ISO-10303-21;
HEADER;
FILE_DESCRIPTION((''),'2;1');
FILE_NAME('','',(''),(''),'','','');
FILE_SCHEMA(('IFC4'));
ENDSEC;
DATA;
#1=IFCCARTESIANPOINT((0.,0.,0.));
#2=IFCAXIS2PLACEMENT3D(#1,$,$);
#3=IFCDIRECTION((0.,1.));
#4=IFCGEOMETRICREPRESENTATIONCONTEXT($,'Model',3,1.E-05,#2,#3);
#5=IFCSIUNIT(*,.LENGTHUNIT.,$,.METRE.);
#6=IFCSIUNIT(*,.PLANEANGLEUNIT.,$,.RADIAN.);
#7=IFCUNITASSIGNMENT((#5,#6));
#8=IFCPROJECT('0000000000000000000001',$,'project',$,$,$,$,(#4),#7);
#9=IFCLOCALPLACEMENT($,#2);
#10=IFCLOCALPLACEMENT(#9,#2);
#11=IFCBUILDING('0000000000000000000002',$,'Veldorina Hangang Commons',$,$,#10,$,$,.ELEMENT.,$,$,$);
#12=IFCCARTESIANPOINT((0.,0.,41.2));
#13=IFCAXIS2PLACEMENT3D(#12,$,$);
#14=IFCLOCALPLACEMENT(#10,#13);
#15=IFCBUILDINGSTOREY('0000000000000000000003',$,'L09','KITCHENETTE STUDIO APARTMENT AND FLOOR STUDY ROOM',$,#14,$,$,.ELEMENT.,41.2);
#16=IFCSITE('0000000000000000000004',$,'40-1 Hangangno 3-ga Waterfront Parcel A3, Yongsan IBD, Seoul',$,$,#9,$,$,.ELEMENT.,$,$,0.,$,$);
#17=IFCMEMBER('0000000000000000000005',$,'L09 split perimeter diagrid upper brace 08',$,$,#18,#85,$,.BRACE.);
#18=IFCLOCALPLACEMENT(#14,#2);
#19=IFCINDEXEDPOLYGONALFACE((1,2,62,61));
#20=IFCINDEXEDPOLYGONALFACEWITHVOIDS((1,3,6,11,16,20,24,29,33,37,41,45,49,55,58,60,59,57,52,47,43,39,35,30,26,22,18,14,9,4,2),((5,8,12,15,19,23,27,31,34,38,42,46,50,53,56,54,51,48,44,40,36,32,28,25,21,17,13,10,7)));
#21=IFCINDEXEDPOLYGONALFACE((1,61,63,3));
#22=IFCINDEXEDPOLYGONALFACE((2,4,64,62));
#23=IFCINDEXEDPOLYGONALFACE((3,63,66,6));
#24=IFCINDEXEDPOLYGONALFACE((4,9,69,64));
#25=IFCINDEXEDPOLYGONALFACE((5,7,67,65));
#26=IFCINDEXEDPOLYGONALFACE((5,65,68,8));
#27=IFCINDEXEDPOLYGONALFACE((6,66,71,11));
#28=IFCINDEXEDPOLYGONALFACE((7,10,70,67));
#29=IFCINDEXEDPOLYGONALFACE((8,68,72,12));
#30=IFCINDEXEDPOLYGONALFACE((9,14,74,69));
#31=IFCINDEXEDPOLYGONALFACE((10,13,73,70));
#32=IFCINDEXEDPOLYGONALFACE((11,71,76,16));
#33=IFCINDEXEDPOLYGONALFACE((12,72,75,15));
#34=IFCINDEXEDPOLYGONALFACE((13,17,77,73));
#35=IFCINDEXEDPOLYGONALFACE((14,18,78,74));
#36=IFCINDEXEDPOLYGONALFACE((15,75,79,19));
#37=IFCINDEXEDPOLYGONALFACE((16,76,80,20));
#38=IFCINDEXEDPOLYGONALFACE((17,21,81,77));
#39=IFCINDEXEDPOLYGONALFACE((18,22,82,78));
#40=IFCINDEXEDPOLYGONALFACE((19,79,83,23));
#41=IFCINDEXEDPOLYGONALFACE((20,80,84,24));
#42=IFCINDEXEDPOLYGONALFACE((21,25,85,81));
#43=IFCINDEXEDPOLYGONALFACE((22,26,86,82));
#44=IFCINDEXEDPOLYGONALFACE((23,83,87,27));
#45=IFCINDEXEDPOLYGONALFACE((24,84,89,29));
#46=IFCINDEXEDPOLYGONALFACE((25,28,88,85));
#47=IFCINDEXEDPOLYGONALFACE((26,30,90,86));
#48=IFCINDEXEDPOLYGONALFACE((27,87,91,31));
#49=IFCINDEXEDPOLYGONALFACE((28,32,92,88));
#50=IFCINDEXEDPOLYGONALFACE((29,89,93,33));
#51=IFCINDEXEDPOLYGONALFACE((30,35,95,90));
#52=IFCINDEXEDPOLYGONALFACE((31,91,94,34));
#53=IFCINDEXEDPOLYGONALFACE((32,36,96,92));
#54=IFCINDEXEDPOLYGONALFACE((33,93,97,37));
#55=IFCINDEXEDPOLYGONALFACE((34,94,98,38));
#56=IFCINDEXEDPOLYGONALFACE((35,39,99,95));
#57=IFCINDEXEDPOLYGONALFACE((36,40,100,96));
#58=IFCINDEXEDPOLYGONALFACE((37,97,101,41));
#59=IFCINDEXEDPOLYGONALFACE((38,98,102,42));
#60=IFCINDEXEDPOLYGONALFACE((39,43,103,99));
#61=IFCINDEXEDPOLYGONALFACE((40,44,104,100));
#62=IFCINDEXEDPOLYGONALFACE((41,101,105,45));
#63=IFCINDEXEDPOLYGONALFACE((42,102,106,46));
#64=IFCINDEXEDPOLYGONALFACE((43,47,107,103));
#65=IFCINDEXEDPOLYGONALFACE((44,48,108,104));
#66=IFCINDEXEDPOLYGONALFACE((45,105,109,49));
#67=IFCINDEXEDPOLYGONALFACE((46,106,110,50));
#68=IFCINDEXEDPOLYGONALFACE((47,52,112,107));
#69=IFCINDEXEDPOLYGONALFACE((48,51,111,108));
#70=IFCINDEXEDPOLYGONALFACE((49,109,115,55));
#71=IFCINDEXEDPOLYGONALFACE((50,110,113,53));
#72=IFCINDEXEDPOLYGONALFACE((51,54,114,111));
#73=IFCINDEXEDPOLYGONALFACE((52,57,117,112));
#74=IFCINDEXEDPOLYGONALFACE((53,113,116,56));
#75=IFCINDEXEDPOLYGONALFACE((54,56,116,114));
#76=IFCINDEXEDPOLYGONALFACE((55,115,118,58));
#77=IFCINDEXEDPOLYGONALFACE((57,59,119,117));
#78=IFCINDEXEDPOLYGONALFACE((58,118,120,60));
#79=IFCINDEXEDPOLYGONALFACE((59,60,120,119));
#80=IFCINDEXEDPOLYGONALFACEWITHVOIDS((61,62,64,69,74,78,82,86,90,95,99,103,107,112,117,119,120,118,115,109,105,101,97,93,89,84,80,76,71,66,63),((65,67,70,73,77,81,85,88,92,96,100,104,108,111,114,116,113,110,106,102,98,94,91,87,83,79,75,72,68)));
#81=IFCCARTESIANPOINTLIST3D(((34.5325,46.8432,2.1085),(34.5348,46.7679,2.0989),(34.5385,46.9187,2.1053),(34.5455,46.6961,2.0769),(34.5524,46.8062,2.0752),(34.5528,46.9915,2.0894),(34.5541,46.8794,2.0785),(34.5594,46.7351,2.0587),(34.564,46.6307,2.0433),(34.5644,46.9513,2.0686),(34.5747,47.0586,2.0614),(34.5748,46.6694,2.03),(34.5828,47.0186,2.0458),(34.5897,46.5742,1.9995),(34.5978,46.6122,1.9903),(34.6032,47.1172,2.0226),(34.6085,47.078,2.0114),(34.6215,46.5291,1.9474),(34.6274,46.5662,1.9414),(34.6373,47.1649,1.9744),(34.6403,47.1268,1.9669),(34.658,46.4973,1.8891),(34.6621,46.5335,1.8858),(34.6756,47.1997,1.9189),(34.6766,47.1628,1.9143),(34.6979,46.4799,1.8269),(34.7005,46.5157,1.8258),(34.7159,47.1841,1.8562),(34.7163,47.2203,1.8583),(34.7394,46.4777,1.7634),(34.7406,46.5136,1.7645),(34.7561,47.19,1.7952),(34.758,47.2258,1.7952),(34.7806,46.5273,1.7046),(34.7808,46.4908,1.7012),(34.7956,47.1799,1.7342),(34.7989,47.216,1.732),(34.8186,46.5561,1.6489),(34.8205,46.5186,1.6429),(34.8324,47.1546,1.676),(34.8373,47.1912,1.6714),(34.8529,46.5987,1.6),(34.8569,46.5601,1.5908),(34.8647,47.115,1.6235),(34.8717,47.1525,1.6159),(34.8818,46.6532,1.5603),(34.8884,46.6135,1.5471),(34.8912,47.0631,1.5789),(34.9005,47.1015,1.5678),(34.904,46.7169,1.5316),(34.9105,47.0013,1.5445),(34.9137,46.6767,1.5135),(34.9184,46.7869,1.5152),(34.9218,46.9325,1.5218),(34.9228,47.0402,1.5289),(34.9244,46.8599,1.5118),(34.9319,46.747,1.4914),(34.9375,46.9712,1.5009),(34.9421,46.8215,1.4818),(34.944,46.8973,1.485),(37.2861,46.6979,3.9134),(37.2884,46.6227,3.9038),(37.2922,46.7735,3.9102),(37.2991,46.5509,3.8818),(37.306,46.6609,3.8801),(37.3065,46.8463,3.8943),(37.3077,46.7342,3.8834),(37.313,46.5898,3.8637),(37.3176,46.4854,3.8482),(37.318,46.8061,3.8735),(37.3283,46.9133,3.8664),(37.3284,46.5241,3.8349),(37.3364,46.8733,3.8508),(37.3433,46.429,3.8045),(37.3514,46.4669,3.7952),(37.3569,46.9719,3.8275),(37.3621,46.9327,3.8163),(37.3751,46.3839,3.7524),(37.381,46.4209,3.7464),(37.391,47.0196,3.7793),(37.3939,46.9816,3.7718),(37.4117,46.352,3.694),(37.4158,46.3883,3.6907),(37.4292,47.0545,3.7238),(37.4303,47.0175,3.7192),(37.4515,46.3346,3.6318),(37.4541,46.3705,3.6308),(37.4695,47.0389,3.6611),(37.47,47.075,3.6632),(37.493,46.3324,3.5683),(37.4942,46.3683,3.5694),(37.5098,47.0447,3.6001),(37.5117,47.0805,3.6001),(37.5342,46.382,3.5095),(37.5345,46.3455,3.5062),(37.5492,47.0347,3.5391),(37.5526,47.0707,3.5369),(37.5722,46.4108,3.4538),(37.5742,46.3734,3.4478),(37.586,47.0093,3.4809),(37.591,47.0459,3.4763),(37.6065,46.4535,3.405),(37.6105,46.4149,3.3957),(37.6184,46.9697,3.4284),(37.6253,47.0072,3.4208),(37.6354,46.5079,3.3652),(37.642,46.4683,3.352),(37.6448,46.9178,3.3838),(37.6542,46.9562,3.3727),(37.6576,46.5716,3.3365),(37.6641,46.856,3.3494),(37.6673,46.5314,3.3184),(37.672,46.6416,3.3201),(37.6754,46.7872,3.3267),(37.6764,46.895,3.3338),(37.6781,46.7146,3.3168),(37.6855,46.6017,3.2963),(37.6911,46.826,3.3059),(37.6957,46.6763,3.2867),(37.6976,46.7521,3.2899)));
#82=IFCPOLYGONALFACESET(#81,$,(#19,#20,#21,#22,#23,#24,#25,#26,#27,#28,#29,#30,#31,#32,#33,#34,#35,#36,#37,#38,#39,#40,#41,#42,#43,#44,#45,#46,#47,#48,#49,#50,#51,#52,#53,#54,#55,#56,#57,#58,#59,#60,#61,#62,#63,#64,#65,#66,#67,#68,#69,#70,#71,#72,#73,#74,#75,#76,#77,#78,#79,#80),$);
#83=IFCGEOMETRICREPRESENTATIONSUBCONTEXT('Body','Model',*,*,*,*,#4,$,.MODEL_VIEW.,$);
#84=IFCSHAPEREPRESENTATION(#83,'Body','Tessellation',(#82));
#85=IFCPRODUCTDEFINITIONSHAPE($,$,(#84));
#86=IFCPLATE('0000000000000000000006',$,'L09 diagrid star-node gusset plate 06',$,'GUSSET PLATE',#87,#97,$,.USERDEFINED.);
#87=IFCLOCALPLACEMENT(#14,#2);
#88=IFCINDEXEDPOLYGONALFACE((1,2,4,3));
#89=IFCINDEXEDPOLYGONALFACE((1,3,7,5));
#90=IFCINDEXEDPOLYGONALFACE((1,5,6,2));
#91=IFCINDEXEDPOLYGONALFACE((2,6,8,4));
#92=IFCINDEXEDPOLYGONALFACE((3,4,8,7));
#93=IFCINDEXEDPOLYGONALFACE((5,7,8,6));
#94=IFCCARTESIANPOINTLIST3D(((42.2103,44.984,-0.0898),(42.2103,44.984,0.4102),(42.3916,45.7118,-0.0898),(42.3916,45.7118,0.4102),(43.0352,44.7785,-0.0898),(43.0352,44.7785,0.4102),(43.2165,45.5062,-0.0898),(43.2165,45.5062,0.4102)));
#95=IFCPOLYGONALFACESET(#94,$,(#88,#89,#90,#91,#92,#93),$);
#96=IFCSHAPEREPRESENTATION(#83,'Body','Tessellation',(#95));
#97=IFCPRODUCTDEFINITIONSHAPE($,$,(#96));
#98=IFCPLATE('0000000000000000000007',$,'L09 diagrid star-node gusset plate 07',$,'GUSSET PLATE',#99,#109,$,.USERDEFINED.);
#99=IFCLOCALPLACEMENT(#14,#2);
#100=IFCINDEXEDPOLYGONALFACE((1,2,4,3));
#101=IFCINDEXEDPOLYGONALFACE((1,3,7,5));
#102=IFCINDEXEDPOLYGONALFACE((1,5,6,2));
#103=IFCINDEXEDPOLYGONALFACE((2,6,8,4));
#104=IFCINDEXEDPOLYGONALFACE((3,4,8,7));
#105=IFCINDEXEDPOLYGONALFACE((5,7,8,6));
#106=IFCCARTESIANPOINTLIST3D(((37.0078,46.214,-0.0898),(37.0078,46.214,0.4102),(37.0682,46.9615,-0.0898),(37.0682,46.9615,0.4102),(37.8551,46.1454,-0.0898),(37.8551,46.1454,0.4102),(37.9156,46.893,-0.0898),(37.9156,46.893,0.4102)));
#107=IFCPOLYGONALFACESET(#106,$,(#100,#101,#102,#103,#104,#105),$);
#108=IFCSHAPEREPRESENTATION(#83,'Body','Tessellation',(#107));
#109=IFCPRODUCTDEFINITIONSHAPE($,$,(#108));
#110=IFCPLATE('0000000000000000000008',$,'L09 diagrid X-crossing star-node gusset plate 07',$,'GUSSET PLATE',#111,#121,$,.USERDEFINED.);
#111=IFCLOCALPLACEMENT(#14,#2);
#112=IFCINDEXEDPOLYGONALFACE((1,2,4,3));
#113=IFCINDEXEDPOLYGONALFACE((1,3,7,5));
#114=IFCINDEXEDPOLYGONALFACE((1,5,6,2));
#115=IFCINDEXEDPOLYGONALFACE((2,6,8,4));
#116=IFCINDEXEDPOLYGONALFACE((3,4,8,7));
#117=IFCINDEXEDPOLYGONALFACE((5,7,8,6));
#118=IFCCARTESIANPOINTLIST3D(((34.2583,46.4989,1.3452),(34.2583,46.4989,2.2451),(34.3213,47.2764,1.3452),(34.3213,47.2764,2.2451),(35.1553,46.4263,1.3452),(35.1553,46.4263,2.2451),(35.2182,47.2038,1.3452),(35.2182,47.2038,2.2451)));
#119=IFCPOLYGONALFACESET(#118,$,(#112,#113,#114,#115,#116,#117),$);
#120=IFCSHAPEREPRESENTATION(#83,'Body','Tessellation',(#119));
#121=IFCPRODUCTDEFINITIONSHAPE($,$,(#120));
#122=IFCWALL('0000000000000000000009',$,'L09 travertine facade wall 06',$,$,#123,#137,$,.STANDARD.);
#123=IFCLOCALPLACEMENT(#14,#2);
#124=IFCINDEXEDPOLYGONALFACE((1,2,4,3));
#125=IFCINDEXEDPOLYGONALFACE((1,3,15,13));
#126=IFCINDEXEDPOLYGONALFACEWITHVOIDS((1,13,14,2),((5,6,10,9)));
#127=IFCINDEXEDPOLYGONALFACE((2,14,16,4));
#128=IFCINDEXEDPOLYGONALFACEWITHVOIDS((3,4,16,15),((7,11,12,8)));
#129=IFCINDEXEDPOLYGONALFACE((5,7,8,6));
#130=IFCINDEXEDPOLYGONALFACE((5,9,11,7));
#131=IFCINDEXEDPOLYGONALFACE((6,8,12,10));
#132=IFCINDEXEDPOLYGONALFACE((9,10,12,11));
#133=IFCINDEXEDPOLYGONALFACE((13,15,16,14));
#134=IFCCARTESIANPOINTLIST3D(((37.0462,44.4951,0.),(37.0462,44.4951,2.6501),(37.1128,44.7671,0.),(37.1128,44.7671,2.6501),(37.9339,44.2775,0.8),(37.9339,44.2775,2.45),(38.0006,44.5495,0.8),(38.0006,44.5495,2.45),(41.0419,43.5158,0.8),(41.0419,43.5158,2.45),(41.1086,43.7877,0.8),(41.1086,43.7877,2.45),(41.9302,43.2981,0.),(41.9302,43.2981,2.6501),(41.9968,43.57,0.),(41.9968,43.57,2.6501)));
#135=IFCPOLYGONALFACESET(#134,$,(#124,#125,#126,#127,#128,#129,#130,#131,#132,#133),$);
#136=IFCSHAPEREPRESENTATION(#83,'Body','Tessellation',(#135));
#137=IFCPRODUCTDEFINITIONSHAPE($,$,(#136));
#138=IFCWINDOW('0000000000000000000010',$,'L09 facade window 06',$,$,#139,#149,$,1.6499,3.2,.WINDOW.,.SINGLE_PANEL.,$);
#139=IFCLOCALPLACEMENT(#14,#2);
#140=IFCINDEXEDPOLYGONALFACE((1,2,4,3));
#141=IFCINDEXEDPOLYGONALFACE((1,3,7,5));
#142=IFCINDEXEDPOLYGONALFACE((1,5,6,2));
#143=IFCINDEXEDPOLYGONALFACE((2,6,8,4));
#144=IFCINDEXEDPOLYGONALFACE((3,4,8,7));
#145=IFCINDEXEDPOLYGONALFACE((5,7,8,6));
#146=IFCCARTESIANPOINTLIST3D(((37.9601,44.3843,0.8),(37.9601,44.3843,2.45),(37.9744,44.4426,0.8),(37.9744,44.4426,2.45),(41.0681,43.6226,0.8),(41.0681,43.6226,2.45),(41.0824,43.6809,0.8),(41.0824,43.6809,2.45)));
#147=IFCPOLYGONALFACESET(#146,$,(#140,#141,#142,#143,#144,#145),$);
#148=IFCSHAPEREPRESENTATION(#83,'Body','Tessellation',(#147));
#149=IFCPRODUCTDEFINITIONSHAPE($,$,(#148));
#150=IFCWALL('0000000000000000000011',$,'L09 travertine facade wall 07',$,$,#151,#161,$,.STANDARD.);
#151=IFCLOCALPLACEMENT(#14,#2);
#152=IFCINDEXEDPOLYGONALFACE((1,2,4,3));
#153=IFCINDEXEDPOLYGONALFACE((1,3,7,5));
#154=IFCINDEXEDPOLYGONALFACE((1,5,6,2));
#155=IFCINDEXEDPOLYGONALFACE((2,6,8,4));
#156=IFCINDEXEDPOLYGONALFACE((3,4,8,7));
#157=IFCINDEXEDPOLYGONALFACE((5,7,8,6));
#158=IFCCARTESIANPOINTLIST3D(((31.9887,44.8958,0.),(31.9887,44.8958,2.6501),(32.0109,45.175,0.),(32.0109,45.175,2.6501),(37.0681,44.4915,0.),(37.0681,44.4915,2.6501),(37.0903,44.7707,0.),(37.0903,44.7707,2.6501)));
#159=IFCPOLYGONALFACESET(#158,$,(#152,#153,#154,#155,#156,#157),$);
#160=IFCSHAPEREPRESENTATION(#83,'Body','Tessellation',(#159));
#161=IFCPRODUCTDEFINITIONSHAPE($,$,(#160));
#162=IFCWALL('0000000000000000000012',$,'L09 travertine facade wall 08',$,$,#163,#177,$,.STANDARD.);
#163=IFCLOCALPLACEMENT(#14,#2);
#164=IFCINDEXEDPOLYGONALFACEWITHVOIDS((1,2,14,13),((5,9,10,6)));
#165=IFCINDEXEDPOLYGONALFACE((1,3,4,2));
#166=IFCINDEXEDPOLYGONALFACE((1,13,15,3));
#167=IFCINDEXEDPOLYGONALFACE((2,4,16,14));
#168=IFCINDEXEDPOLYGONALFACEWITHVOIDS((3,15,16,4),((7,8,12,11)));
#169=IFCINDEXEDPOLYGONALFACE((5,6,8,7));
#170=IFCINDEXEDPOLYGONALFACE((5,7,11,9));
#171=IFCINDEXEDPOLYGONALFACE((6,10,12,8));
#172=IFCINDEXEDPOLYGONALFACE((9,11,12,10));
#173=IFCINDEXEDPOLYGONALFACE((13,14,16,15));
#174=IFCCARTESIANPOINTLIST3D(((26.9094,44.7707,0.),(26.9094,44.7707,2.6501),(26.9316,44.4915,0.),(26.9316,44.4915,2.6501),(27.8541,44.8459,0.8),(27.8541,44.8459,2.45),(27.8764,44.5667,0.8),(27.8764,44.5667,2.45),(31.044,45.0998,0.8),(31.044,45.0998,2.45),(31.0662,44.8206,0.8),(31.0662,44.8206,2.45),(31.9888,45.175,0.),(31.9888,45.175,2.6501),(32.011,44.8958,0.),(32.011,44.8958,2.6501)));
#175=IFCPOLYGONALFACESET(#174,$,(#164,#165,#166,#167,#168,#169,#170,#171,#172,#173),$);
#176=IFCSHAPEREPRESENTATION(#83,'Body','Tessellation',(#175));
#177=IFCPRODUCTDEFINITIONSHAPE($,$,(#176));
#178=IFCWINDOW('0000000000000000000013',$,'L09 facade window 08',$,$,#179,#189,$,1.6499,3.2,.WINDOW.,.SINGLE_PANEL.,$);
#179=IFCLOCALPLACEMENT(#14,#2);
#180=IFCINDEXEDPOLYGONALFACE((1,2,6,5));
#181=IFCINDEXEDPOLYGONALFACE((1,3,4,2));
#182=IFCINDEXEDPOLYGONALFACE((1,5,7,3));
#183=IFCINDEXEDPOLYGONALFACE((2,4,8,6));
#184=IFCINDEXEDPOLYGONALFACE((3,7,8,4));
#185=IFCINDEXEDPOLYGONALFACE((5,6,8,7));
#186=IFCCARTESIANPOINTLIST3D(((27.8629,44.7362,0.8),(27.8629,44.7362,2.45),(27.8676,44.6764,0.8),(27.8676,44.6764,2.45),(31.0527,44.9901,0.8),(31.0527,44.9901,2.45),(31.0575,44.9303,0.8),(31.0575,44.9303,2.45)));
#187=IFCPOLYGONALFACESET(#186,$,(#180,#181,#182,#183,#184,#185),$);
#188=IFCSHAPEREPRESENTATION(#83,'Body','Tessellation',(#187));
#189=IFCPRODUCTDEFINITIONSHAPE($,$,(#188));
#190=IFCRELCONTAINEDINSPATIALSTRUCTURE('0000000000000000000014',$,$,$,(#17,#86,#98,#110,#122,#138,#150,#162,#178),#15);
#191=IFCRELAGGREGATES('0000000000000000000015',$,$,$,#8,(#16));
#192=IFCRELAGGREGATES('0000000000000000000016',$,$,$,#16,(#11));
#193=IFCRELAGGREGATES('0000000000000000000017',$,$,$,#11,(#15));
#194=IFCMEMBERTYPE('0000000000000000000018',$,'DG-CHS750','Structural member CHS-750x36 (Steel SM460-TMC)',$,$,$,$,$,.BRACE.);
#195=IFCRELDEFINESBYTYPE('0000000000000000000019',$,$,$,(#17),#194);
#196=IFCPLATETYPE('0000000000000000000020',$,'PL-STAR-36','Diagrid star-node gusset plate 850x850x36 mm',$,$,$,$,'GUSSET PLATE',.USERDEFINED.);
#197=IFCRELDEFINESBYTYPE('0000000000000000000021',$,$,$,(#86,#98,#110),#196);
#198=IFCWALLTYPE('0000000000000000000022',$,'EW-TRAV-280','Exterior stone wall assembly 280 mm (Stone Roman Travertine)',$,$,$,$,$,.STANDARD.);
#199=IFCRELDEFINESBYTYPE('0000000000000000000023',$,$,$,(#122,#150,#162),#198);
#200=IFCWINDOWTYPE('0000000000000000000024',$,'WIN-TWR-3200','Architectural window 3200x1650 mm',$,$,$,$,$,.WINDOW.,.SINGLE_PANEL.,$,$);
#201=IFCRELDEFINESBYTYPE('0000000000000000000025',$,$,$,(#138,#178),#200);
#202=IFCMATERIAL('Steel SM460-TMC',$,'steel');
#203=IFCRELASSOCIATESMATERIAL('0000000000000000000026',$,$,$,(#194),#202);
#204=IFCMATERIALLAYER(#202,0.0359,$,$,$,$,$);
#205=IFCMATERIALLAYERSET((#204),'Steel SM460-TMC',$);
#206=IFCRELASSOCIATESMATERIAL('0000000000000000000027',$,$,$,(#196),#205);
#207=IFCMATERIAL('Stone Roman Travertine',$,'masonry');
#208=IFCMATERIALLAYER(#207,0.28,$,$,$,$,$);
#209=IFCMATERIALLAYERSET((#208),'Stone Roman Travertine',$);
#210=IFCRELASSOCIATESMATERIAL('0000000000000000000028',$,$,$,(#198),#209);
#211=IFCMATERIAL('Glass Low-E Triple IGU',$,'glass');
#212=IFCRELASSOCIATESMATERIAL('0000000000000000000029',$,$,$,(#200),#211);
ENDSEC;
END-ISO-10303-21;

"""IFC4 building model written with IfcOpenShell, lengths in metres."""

from ifc_helpers import new_model, si_unit, direction, frame, frame_2d, origin, origin_2d, place, context, subcontext, project, spatial, rectangle, hollow_circle, extrude, material, layer, layer_set, material_profile, profile_set, type_object, element, fill, save


model = new_model("IFC4")

# Units and contexts
model_context = context("Model", 3, precision=1e-05, world=origin(), true_north=direction((0.0, 1.0)))
body_context = subcontext(model_context, "Body", "Model", "MODEL_VIEW")
ifc_project = project(units=[si_unit("LENGTHUNIT", "METRE"), si_unit("PLANEANGLEUNIT", "RADIAN")], contexts=[model_context])

# Site, building, storey
site_placement = place(None, origin())
site = spatial("IfcSite", under=ifc_project, at=site_placement, Name="40-1 Hangangno 3-ga Waterfront Parcel A3, Yongsan IBD, Seoul", CompositionType="ELEMENT", RefElevation=0.0)
building_placement = place(site_placement, origin())
building = spatial("IfcBuilding", under=site, at=building_placement, Name="Veldorina Hangang Commons", CompositionType="ELEMENT")
storey_placement = place(building_placement, frame((0.0, 0.0, 41.2)))
storey = spatial("IfcBuildingStorey", under=building, at=storey_placement, Name="L09", Description="KITCHENETTE STUDIO APARTMENT AND FLOOR STUDY ROOM", CompositionType="ELEMENT", Elevation=41.2)

# Shared definitions
ifc_material_1 = material(Name="Steel SM460-TMC", Category="steel")

# Member
ifc_material_profile_1 = material_profile(ifc_material_1, hollow_circle(Radius=0.375, WallThickness=0.0359, at=origin_2d()), Name="CHS-750x36")
ifc_profile_set_1 = profile_set([ifc_material_profile_1], Name="Steel SM460-TMC")
member_type = type_object("IfcMemberType", Name="DG-CHS750", Description="Structural member CHS-750x36 (Steel SM460-TMC)", PredefinedType="BRACE", material=ifc_profile_set_1)
member_1_placement = place(storey_placement, frame((34.7383, 46.8513, 1.7952), z_axis=(0.835536, -0.044077, 0.547665), x_axis=(0.05268, 0.998611, 0.0)))
element("IfcMember", 1, at=member_1_placement, inside=storey, type_object=member_type, Name="L09 split perimeter diagrid upper brace 08", PredefinedType="BRACE", context=body_context, shape_type="SweptSolid", body=[
    extrude(hollow_circle(Radius=0.375, WallThickness=0.0359, at=origin_2d()), origin(), (0.0, 0.0, 1.0), 3.2957),
])

# Plates
ifc_layer_1 = layer(ifc_material_1, 0.0359)
ifc_layer_set_1 = layer_set([ifc_layer_1], Name="Steel SM460-TMC")
plate_type = type_object("IfcPlateType", Name="PL-STAR-36", Description="Diagrid star-node gusset plate 850x850x36 mm", ElementType="GUSSET PLATE", PredefinedType="USERDEFINED", material=ifc_layer_set_1)
for number, where, z_axis, x_axis, name in (
    (2, (42.7134, 45.2451, -0.0898), (0.0, 0.0, 1.0), (-0.970334, 0.241769, 0.0), "L09 diagrid star-node gusset plate 06"),
    (3, (37.4617, 46.5535, -0.0898), (0.0, 0.0, 1.0), (-0.996742, 0.080651, 0.0), "L09 diagrid star-node gusset plate 07"),
):
    element("IfcPlate", number, at=place(storey_placement, frame(where, z_axis=z_axis, x_axis=x_axis)), inside=storey, type_object=plate_type, Name=name, ObjectType="GUSSET PLATE", PredefinedType="USERDEFINED", context=body_context, shape_type="SweptSolid", body=[
        extrude(rectangle(XDim=0.8501, YDim=0.75, at=origin_2d()), origin(), (0.0, 0.0, 1.0), 0.5),
    ])
plate_placement = place(storey_placement, frame((34.7383, 46.8513, 1.3452), z_axis=(0.0, 0.0, 1.0), x_axis=(-0.996742, 0.080651, 0.0)))
element("IfcPlate", 4, at=plate_placement, inside=storey, type_object=plate_type, Name="L09 diagrid X-crossing star-node gusset plate 07", ObjectType="GUSSET PLATE", PredefinedType="USERDEFINED", context=body_context, shape_type="SweptSolid", body=[
    extrude(rectangle(XDim=0.8999, YDim=0.78, at=origin_2d()), origin(), (0.0, 0.0, 1.0), 0.8999),
])

# Wall, opening, window
ifc_material_2 = material(Name="Stone Roman Travertine", Category="masonry")
ifc_layer_2 = layer(ifc_material_2, 0.28)
ifc_layer_set_2 = layer_set([ifc_layer_2], Name="Stone Roman Travertine")
wall_type_1 = type_object("IfcWallType", Name="EW-TRAV-280", Description="Exterior stone wall assembly 280 mm (Stone Roman Travertine)", PredefinedType="STANDARD", material=ifc_layer_set_2)
wall_1_placement = place(storey_placement, frame((41.9634, 43.4341, 0.0), z_axis=(0.0, 0.0, 1.0), x_axis=(-0.971254, 0.238044, 0.0)))
wall_1 = element("IfcWall", 5, at=wall_1_placement, inside=storey, type_object=wall_type_1, Name="L09 travertine facade wall 06", PredefinedType="STANDARD", context=body_context, shape_type="SweptSolid", body=[
    extrude(rectangle(XDim=5.0286, YDim=0.28, at=frame_2d((2.5142, 0.0))), origin(), (0.0, 0.0, 1.0), 2.6501),
])
opening_1_placement = place(wall_1_placement, frame((0.9143, 0.0, 0.8)))
opening_1 = element("IfcOpeningElement", 6, at=opening_1_placement, cuts=wall_1, PredefinedType="OPENING", context=body_context, shape_type="SweptSolid", body=[
    extrude(rectangle(XDim=3.2, YDim=1.6499, at=frame_2d((1.6001, 0.825))), frame((0.0, 0.1499, 0.0), z_axis=(0.0, -1.0, 0.0), x_axis=(1.0, 0.0, 0.0)), (0.0, 0.0, 1.0), 0.3),
])
ifc_material_3 = material(Name="Glass Low-E Triple IGU", Category="glass")
window_type = type_object("IfcWindowType", Name="WIN-TWR-3200", Description="Architectural window 3200x1650 mm", PartitioningType="SINGLE_PANEL", PredefinedType="WINDOW", material=ifc_material_3)
window_1_placement = place(opening_1_placement, origin())
window_1 = element("IfcWindow", 7, at=window_1_placement, inside=storey, type_object=window_type, Name="L09 facade window 06", OverallHeight=1.6499, OverallWidth=3.2, PartitioningType="SINGLE_PANEL", PredefinedType="WINDOW", context=body_context, shape_type="SweptSolid", body=[
    extrude(rectangle(XDim=3.2, YDim=1.6499, at=frame_2d((1.6001, 0.825))), frame((0.0, 0.03, 0.0), z_axis=(0.0, -1.0, 0.0), x_axis=(1.0, 0.0, 0.0)), (0.0, 0.0, 1.0), 0.0601),
])
fill(opening_1, window_1)

# Wall
wall_2_placement = place(storey_placement, frame((37.0793, 44.6311, 0.0), z_axis=(0.0, 0.0, 1.0), x_axis=(-0.996847, 0.079345, 0.0)))
element("IfcWall", 8, at=wall_2_placement, inside=storey, type_object=wall_type_1, Name="L09 travertine facade wall 07", PredefinedType="STANDARD", context=body_context, shape_type="SweptSolid", body=[
    extrude(rectangle(XDim=5.0955, YDim=0.28, at=frame_2d((2.5479, 0.0))), origin(), (0.0, 0.0, 1.0), 2.6501),
])

# Wall, opening, window
wall_3_placement = place(storey_placement, frame((32.0, 45.0354, 0.0), z_axis=(0.0, 0.0, 1.0), x_axis=(-0.996847, -0.079345, 0.0)))
wall_3 = element("IfcWall", 9, at=wall_3_placement, inside=storey, type_object=wall_type_1, Name="L09 travertine facade wall 08", PredefinedType="STANDARD", context=body_context, shape_type="SweptSolid", body=[
    extrude(rectangle(XDim=5.0955, YDim=0.28, at=frame_2d((2.5479, 0.0))), origin(), (0.0, 0.0, 1.0), 2.6501),
])
opening_2_placement = place(wall_3_placement, frame((0.9478, 0.0, 0.8)))
opening_2 = element("IfcOpeningElement", 10, at=opening_2_placement, cuts=wall_3, PredefinedType="OPENING", context=body_context, shape_type="SweptSolid", body=[
    extrude(rectangle(XDim=3.2, YDim=1.6499, at=frame_2d((1.6001, 0.825))), frame((0.0, 0.1499, 0.0), z_axis=(0.0, -1.0, 0.0), x_axis=(1.0, 0.0, 0.0)), (0.0, 0.0, 1.0), 0.3),
])
window_2_placement = place(opening_2_placement, origin())
window_2 = element("IfcWindow", 11, at=window_2_placement, inside=storey, type_object=window_type, Name="L09 facade window 08", OverallHeight=1.6499, OverallWidth=3.2, PartitioningType="SINGLE_PANEL", PredefinedType="WINDOW", context=body_context, shape_type="SweptSolid", body=[
    extrude(rectangle(XDim=3.2, YDim=1.6499, at=frame_2d((1.6001, 0.825))), frame((0.0, 0.03, 0.0), z_axis=(0.0, -1.0, 0.0), x_axis=(1.0, 0.0, 0.0)), (0.0, 0.0, 1.0), 0.0601),
])
fill(opening_2, window_2)

save(model, "model.ifc")
